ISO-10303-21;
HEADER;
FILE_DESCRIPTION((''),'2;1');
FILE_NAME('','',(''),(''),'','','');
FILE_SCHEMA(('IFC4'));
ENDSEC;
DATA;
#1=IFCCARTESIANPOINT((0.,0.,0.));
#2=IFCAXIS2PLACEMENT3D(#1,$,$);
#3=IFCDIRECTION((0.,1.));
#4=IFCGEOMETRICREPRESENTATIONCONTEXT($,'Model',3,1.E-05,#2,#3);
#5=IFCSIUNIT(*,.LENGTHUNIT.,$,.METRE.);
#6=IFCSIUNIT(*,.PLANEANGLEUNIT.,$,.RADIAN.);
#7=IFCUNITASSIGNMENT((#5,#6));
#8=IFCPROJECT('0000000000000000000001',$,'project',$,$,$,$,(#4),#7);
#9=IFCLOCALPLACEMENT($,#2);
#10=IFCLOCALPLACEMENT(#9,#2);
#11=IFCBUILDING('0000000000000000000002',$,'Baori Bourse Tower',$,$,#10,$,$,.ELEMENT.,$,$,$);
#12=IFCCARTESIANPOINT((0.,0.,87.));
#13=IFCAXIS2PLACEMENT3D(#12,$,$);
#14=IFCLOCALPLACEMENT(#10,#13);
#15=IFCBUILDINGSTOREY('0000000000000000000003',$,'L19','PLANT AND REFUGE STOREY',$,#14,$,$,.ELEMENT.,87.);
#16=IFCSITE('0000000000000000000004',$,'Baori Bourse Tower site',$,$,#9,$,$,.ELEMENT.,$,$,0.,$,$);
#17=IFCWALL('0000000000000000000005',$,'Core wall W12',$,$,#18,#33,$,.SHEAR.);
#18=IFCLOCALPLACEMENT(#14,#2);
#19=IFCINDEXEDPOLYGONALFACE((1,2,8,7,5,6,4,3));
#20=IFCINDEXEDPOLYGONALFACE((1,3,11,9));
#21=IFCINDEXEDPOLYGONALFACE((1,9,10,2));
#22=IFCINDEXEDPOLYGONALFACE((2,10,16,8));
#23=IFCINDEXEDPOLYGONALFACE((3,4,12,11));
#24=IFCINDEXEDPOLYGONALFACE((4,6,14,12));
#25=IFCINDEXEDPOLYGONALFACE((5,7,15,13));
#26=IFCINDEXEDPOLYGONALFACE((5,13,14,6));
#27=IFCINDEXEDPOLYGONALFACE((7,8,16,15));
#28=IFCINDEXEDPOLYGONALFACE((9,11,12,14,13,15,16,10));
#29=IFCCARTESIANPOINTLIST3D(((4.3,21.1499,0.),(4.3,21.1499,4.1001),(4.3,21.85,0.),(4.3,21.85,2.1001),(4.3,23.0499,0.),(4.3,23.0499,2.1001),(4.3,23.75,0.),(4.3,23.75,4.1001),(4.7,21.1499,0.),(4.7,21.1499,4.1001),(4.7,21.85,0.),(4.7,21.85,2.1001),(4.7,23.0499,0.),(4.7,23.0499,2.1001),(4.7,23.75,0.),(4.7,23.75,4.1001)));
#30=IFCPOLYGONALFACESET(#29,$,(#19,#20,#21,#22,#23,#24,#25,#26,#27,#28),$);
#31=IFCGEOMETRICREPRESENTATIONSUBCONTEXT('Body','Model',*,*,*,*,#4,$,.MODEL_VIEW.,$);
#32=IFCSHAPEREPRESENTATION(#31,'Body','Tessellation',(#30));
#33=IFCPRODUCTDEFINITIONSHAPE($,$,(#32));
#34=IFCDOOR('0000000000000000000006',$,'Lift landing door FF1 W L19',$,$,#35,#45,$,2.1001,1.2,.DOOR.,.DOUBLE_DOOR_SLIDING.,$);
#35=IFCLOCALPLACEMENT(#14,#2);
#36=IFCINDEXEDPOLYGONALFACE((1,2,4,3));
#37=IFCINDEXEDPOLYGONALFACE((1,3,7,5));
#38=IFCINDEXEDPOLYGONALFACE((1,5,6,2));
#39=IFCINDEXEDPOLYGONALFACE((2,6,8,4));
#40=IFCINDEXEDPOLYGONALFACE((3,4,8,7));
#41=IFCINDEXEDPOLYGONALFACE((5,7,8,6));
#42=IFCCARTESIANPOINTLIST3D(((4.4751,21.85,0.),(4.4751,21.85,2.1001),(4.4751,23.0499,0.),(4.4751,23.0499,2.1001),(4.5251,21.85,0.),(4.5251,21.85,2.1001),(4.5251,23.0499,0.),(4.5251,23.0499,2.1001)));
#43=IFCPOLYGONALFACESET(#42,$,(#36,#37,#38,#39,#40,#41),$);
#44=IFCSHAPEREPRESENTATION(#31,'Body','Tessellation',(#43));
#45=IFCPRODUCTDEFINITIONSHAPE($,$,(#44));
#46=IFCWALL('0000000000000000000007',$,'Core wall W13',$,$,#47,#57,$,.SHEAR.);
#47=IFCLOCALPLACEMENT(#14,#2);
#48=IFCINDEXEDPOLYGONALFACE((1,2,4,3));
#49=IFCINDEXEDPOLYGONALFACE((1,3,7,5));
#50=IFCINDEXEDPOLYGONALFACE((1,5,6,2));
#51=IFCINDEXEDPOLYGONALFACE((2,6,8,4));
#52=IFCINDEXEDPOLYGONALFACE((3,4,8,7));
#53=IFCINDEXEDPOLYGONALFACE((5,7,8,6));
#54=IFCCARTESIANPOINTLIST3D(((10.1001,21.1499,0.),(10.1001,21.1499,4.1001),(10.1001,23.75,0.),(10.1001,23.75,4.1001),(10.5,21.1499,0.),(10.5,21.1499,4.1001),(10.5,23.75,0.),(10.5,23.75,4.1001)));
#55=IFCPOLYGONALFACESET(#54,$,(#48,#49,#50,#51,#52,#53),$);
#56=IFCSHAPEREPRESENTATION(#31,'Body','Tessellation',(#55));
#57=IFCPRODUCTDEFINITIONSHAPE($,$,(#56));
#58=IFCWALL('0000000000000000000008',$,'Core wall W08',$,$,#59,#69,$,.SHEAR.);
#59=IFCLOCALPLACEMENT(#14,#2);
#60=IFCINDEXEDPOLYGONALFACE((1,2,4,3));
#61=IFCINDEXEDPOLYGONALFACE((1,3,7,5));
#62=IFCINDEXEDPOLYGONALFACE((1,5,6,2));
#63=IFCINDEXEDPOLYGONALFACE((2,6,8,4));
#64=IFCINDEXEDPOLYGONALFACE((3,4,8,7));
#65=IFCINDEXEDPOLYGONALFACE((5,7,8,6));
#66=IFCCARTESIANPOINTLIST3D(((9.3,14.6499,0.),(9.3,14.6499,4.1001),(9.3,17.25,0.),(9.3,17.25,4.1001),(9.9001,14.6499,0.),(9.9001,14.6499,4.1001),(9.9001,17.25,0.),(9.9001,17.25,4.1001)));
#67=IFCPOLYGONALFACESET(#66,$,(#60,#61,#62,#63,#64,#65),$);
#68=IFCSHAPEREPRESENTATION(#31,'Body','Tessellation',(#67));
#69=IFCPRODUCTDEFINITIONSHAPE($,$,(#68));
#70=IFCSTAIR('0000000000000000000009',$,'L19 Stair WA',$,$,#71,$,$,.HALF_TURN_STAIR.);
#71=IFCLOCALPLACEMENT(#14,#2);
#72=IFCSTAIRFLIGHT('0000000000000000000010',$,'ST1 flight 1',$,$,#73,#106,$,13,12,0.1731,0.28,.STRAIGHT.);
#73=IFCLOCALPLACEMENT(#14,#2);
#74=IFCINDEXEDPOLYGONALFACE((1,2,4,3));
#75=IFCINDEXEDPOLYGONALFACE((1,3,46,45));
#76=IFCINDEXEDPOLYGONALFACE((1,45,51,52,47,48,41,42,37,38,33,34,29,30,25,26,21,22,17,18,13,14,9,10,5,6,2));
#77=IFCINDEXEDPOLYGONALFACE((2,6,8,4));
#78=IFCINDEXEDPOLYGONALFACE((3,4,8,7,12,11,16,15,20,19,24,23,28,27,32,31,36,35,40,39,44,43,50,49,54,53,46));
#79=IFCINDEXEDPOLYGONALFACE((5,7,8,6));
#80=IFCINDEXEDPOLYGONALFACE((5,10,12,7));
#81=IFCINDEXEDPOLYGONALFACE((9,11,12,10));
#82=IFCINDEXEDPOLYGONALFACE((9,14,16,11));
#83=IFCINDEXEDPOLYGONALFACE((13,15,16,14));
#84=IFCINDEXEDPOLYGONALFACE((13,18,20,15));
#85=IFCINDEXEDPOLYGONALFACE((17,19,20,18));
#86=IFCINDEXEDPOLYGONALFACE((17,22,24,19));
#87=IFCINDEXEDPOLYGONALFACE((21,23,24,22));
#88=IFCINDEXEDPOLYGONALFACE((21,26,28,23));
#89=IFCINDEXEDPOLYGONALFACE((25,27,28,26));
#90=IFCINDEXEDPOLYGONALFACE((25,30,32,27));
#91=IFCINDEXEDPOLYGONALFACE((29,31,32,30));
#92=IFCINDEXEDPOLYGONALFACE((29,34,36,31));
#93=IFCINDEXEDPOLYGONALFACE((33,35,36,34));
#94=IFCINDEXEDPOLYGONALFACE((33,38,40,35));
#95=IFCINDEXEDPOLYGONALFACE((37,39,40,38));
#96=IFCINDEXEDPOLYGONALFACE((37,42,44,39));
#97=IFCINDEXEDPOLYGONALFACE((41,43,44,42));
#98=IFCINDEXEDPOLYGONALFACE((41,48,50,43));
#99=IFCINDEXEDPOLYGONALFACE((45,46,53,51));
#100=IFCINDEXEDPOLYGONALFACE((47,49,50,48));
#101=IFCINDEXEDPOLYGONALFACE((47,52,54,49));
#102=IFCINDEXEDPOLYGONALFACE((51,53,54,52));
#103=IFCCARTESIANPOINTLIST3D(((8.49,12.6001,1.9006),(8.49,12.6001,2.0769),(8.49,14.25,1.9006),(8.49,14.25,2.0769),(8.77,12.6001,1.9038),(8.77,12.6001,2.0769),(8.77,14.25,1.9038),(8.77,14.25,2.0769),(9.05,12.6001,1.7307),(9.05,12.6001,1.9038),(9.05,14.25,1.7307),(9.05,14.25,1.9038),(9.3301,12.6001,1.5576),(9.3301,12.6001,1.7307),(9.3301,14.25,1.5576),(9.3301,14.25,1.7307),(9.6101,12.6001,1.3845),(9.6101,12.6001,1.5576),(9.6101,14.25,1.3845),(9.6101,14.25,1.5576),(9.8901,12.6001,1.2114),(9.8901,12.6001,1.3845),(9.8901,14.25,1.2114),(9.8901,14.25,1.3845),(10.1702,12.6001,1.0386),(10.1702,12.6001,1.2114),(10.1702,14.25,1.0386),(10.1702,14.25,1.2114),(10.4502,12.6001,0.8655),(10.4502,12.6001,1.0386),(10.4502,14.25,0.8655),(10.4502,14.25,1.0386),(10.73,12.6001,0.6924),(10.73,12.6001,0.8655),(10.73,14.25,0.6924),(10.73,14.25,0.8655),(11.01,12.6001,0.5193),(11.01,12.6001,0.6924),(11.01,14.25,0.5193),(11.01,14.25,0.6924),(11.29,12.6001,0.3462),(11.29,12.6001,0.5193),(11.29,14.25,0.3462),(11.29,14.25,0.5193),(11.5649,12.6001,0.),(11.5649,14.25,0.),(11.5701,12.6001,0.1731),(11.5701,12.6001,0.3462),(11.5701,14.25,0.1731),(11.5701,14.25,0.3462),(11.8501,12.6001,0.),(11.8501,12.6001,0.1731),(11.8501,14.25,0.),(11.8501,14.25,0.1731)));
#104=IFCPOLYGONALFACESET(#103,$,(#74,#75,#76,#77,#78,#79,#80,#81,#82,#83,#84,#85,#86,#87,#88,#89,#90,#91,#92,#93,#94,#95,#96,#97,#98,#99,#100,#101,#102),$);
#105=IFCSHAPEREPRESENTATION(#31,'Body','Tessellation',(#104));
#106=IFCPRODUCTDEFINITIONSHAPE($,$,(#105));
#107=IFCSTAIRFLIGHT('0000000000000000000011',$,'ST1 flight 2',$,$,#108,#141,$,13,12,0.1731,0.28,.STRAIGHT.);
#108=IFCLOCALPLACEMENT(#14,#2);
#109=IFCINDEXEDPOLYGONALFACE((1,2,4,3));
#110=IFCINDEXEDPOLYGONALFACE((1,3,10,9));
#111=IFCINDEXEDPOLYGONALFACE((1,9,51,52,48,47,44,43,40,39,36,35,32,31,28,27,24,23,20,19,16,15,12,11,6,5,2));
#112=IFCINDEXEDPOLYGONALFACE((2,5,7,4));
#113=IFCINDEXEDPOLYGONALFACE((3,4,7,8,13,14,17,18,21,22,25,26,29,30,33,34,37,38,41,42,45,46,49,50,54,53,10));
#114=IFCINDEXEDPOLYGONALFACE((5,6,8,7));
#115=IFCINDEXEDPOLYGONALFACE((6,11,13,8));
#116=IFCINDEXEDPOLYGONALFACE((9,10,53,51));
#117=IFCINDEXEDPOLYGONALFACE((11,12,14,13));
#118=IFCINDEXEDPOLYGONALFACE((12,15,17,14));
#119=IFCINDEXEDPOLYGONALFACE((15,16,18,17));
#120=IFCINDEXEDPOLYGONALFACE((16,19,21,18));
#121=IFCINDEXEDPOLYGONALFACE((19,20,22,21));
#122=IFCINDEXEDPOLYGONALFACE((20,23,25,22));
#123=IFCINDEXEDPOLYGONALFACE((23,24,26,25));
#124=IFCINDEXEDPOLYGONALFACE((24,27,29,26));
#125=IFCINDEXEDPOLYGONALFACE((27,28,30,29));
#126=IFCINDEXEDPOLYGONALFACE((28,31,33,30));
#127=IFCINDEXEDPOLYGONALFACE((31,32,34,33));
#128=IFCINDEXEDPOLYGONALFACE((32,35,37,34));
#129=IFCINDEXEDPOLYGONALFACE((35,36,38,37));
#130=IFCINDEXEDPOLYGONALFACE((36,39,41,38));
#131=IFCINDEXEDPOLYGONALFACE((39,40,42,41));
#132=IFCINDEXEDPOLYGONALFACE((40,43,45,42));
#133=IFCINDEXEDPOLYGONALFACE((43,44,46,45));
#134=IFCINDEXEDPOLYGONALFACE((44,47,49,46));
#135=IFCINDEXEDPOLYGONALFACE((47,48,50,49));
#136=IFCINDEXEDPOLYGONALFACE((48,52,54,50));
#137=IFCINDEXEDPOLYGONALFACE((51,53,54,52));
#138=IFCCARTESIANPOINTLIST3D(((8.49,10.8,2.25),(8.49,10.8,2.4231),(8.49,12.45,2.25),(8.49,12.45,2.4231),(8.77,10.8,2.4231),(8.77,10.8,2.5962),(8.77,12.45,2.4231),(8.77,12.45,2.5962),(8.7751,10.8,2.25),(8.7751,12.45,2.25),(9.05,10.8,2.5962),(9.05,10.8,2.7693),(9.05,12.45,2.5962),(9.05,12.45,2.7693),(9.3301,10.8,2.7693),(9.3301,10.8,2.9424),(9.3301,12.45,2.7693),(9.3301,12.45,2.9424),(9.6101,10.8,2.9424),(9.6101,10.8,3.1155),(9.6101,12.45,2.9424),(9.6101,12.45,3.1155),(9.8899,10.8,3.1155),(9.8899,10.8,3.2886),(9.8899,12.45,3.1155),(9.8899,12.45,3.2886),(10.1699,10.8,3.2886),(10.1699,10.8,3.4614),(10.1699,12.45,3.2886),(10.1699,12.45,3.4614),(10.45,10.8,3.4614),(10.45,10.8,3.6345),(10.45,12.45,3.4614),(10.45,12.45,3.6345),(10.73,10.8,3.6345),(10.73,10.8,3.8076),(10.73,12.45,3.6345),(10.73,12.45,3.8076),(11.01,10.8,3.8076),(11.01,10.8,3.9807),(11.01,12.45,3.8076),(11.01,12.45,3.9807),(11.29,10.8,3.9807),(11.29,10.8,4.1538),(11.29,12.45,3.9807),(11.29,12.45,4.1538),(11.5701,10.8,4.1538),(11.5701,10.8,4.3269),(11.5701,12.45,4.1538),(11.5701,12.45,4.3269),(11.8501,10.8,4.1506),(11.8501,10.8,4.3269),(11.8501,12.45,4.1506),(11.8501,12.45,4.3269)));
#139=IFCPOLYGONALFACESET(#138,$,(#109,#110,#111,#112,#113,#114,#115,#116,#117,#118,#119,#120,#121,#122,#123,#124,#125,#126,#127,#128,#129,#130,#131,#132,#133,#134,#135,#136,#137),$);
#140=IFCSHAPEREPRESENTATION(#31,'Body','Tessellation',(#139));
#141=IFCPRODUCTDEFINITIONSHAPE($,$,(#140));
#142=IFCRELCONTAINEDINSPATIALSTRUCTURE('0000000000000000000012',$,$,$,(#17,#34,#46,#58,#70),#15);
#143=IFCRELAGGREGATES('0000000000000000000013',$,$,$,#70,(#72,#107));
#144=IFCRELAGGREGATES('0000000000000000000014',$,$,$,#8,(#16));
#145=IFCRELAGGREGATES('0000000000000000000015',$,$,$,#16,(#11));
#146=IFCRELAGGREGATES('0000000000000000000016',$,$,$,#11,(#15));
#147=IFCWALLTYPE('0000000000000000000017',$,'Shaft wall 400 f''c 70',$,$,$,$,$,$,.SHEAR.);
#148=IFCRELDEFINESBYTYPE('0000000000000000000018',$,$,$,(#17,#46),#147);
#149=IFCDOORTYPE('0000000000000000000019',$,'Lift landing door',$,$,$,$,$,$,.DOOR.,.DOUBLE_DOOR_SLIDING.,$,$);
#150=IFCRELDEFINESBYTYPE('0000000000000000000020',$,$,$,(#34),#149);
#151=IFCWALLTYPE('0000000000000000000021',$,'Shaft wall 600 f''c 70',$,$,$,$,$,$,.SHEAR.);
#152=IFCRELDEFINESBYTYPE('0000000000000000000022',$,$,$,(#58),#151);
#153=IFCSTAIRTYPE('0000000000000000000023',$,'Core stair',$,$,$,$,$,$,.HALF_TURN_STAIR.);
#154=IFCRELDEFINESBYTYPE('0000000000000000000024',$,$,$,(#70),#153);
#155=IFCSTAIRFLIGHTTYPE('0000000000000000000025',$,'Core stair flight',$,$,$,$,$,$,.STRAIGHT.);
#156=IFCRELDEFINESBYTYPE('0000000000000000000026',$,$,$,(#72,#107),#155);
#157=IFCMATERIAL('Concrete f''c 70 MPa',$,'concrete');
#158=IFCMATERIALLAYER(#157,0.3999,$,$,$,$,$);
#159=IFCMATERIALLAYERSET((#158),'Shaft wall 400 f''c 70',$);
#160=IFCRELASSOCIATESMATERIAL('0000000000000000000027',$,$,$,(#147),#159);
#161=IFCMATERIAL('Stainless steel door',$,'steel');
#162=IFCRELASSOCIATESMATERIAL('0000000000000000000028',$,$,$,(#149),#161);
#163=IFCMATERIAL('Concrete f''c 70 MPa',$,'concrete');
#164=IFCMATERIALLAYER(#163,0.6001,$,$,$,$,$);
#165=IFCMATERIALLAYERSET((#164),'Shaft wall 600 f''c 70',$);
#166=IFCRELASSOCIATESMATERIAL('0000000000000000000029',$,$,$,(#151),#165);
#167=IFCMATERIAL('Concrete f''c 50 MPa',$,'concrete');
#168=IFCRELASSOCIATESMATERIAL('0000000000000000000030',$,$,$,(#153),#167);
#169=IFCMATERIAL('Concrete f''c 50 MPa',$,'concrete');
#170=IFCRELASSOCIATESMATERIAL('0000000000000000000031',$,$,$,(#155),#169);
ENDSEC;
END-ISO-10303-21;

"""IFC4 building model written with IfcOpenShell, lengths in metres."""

from ifc_helpers import new_model, si_unit, direction, frame, frame_2d, origin, place, context, subcontext, project, spatial, polyline, rectangle, outline, extrude, material, layer, layer_set, type_object, element, fill, aggregate, save


model = new_model("IFC4")

# Units and contexts
model_context = context("Model", 3, precision=1e-05, world=origin(), true_north=direction((0.0, 1.0)))
body_context = subcontext(model_context, "Body", "Model", "MODEL_VIEW")
ifc_project = project(units=[si_unit("LENGTHUNIT", "METRE"), si_unit("PLANEANGLEUNIT", "RADIAN")], contexts=[model_context])

# Site, building, storey
site_placement = place(None, origin())
site = spatial("IfcSite", under=ifc_project, at=site_placement, Name="Baori Bourse Tower site", CompositionType="ELEMENT", RefElevation=0.0)
building_placement = place(site_placement, origin())
building = spatial("IfcBuilding", under=site, at=building_placement, Name="Baori Bourse Tower", CompositionType="ELEMENT")
storey_placement = place(building_placement, frame((0.0, 0.0, 87.0)))
storey = spatial("IfcBuildingStorey", under=building, at=storey_placement, Name="L19", Description="PLANT AND REFUGE STOREY", CompositionType="ELEMENT", Elevation=87.0)

# Shared definitions
ifc_material_1 = material(Name="Concrete f'c 70 MPa", Category="concrete")
ifc_layer_1 = layer(ifc_material_1, 0.3999)
ifc_layer_set_1 = layer_set([ifc_layer_1], Name="Shaft wall 400 f'c 70")
wall_type_1 = type_object("IfcWallType", Name="Shaft wall 400 f'c 70", PredefinedType="SHEAR", material=ifc_layer_set_1)

# Wall, opening, door
wall_1_placement = place(storey_placement, frame((4.5, 21.1499, 0.0), z_axis=(0.0, 0.0, 1.0), x_axis=(0.0, 1.0, 0.0)))
wall_1 = element("IfcWall", 1, at=wall_1_placement, inside=storey, type_object=wall_type_1, Name="Core wall W12", PredefinedType="SHEAR", context=body_context, shape_type="SweptSolid", body=[
    extrude(rectangle(XDim=2.6001, YDim=0.3999, at=frame_2d((1.3, 0.0))), origin(), (0.0, 0.0, 1.0), 4.1001),
])
opening_1_placement = place(wall_1_placement, frame((0.7, 0.0, 0.0)))
opening_1 = element("IfcOpeningElement", 2, at=opening_1_placement, cuts=wall_1, PredefinedType="OPENING", context=body_context, shape_type="SweptSolid", body=[
    extrude(rectangle(XDim=1.2, YDim=2.1001, at=frame_2d((0.6001, 1.05))), frame((0.0, 0.21, 0.0), z_axis=(0.0, -1.0, 0.0), x_axis=(1.0, 0.0, 0.0)), (0.0, 0.0, 1.0), 0.4199),
])
ifc_material_2 = material(Name="Stainless steel door", Category="steel")
door_type_1 = type_object("IfcDoorType", Name="Lift landing door", OperationType="DOUBLE_DOOR_SLIDING", PredefinedType="DOOR", material=ifc_material_2)
door_1_placement = place(opening_1_placement, origin())
door_1 = element("IfcDoor", 3, at=door_1_placement, inside=storey, type_object=door_type_1, Name="Lift landing door FF1 W L19", OperationType="DOUBLE_DOOR_SLIDING", OverallHeight=2.1001, OverallWidth=1.2, PredefinedType="DOOR", context=body_context, shape_type="SweptSolid", body=[
    extrude(rectangle(XDim=1.2, YDim=2.1001, at=frame_2d((0.6001, 1.05))), frame((0.0, 0.0249, 0.0), z_axis=(0.0, -1.0, 0.0), x_axis=(1.0, 0.0, 0.0)), (0.0, 0.0, 1.0), 0.05),
])
fill(opening_1, door_1)

# Walls
wall_2_placement = place(storey_placement, frame((10.3, 21.1499, 0.0), z_axis=(0.0, 0.0, 1.0), x_axis=(0.0, 1.0, 0.0)))
element("IfcWall", 4, at=wall_2_placement, inside=storey, type_object=wall_type_1, Name="Core wall W13", PredefinedType="SHEAR", context=body_context, shape_type="SweptSolid", body=[
    extrude(rectangle(XDim=2.6001, YDim=0.3999, at=frame_2d((1.3, 0.0))), origin(), (0.0, 0.0, 1.0), 4.1001),
])
ifc_material_3 = material(Name="Concrete f'c 70 MPa", Category="concrete")
ifc_layer_2 = layer(ifc_material_3, 0.6001)
ifc_layer_set_2 = layer_set([ifc_layer_2], Name="Shaft wall 600 f'c 70")
wall_type_2 = type_object("IfcWallType", Name="Shaft wall 600 f'c 70", PredefinedType="SHEAR", material=ifc_layer_set_2)
wall_3_placement = place(storey_placement, frame((9.6001, 14.6499, 0.0), z_axis=(0.0, 0.0, 1.0), x_axis=(0.0, 1.0, 0.0)))
element("IfcWall", 5, at=wall_3_placement, inside=storey, type_object=wall_type_2, Name="Core wall W08", PredefinedType="SHEAR", context=body_context, shape_type="SweptSolid", body=[
    extrude(rectangle(XDim=2.6001, YDim=0.6001, at=frame_2d((1.3, 0.0))), origin(), (0.0, 0.0, 1.0), 4.1001),
])

# Stair, stair flights
ifc_material_4 = material(Name="Concrete f'c 50 MPa", Category="concrete")
stair_type = type_object("IfcStairType", Name="Core stair", PredefinedType="HALF_TURN_STAIR", material=ifc_material_4)
stair_placement = place(storey_placement, origin())
stair = element("IfcStair", 6, at=stair_placement, inside=storey, type_object=stair_type, Name="L19 Stair WA", PredefinedType="HALF_TURN_STAIR")
ifc_material_5 = material(Name="Concrete f'c 50 MPa", Category="concrete")
stair_flight_type = type_object("IfcStairFlightType", Name="Core stair flight", PredefinedType="STRAIGHT", material=ifc_material_5)
stair_flight_1_placement = place(storey_placement, frame((11.8501, 13.425, 0.0), z_axis=(0.0, 0.0, 1.0), x_axis=(-1.0, 0.0, 0.0)))
stair_flight_1 = element("IfcStairFlight", 7, at=stair_flight_1_placement, type_object=stair_flight_type, Name="ST1 flight 1", NumberOfRisers=13, NumberOfTreads=12, PredefinedType="STRAIGHT", RiserHeight=0.1731, TreadLength=0.28, context=body_context, shape_type="SweptSolid", body=[
    extrude(outline(polyline([(0.0, 0.0), (0.0, 0.1731), (0.28, 0.1731), (0.28, 0.3462), (0.5601, 0.3462), (0.5601, 0.5193), (0.8401, 0.5193), (0.8401, 0.6924), (1.1201, 0.6924), (1.1201, 0.8655), (1.3999, 0.8655), (1.3999, 1.0386), (1.6799, 1.0386), (1.6799, 1.2114), (1.96, 1.2114), (1.96, 1.3845), (2.24, 1.3845), (2.24, 1.5576), (2.52, 1.5576), (2.52, 1.7307), (2.8, 1.7307), (2.8, 1.9038), (3.0801, 1.9038), (3.0801, 2.0769), (3.3601, 2.0769), (3.3601, 2.25), (3.3601, 1.9006), (0.2852, 0.0), (0.0, 0.0)])), frame((0.0, 0.825, 0.0), z_axis=(0.0, -1.0, 0.0), x_axis=(1.0, 0.0, 0.0)), (0.0, 0.0, 1.0), 1.6499),
])
stair_flight_2_placement = place(storey_placement, frame((8.49, 11.625, 2.25), z_axis=(0.0, 0.0, 1.0), x_axis=(1.0, 0.0, 0.0)))
stair_flight_2 = element("IfcStairFlight", 8, at=stair_flight_2_placement, type_object=stair_flight_type, Name="ST1 flight 2", NumberOfRisers=13, NumberOfTreads=12, PredefinedType="STRAIGHT", RiserHeight=0.1731, TreadLength=0.28, context=body_context, shape_type="SweptSolid", body=[
    extrude(outline(polyline([(0.0, 0.0), (0.0, 0.1731), (0.28, 0.1731), (0.28, 0.3462), (0.5601, 0.3462), (0.5601, 0.5193), (0.8401, 0.5193), (0.8401, 0.6924), (1.1201, 0.6924), (1.1201, 0.8655), (1.3999, 0.8655), (1.3999, 1.0386), (1.6799, 1.0386), (1.6799, 1.2114), (1.96, 1.2114), (1.96, 1.3845), (2.24, 1.3845), (2.24, 1.5576), (2.52, 1.5576), (2.52, 1.7307), (2.8, 1.7307), (2.8, 1.9038), (3.0801, 1.9038), (3.0801, 2.0769), (3.3601, 2.0769), (3.3601, 2.25), (3.3601, 1.9006), (0.2852, 0.0), (0.0, 0.0)])), frame((0.0, 0.825, 0.0), z_axis=(0.0, -1.0, 0.0), x_axis=(1.0, 0.0, 0.0)), (0.0, 0.0, 1.0), 1.6499),
])
aggregate(stair, [stair_flight_1, stair_flight_2])

save(model, "model.ifc")
